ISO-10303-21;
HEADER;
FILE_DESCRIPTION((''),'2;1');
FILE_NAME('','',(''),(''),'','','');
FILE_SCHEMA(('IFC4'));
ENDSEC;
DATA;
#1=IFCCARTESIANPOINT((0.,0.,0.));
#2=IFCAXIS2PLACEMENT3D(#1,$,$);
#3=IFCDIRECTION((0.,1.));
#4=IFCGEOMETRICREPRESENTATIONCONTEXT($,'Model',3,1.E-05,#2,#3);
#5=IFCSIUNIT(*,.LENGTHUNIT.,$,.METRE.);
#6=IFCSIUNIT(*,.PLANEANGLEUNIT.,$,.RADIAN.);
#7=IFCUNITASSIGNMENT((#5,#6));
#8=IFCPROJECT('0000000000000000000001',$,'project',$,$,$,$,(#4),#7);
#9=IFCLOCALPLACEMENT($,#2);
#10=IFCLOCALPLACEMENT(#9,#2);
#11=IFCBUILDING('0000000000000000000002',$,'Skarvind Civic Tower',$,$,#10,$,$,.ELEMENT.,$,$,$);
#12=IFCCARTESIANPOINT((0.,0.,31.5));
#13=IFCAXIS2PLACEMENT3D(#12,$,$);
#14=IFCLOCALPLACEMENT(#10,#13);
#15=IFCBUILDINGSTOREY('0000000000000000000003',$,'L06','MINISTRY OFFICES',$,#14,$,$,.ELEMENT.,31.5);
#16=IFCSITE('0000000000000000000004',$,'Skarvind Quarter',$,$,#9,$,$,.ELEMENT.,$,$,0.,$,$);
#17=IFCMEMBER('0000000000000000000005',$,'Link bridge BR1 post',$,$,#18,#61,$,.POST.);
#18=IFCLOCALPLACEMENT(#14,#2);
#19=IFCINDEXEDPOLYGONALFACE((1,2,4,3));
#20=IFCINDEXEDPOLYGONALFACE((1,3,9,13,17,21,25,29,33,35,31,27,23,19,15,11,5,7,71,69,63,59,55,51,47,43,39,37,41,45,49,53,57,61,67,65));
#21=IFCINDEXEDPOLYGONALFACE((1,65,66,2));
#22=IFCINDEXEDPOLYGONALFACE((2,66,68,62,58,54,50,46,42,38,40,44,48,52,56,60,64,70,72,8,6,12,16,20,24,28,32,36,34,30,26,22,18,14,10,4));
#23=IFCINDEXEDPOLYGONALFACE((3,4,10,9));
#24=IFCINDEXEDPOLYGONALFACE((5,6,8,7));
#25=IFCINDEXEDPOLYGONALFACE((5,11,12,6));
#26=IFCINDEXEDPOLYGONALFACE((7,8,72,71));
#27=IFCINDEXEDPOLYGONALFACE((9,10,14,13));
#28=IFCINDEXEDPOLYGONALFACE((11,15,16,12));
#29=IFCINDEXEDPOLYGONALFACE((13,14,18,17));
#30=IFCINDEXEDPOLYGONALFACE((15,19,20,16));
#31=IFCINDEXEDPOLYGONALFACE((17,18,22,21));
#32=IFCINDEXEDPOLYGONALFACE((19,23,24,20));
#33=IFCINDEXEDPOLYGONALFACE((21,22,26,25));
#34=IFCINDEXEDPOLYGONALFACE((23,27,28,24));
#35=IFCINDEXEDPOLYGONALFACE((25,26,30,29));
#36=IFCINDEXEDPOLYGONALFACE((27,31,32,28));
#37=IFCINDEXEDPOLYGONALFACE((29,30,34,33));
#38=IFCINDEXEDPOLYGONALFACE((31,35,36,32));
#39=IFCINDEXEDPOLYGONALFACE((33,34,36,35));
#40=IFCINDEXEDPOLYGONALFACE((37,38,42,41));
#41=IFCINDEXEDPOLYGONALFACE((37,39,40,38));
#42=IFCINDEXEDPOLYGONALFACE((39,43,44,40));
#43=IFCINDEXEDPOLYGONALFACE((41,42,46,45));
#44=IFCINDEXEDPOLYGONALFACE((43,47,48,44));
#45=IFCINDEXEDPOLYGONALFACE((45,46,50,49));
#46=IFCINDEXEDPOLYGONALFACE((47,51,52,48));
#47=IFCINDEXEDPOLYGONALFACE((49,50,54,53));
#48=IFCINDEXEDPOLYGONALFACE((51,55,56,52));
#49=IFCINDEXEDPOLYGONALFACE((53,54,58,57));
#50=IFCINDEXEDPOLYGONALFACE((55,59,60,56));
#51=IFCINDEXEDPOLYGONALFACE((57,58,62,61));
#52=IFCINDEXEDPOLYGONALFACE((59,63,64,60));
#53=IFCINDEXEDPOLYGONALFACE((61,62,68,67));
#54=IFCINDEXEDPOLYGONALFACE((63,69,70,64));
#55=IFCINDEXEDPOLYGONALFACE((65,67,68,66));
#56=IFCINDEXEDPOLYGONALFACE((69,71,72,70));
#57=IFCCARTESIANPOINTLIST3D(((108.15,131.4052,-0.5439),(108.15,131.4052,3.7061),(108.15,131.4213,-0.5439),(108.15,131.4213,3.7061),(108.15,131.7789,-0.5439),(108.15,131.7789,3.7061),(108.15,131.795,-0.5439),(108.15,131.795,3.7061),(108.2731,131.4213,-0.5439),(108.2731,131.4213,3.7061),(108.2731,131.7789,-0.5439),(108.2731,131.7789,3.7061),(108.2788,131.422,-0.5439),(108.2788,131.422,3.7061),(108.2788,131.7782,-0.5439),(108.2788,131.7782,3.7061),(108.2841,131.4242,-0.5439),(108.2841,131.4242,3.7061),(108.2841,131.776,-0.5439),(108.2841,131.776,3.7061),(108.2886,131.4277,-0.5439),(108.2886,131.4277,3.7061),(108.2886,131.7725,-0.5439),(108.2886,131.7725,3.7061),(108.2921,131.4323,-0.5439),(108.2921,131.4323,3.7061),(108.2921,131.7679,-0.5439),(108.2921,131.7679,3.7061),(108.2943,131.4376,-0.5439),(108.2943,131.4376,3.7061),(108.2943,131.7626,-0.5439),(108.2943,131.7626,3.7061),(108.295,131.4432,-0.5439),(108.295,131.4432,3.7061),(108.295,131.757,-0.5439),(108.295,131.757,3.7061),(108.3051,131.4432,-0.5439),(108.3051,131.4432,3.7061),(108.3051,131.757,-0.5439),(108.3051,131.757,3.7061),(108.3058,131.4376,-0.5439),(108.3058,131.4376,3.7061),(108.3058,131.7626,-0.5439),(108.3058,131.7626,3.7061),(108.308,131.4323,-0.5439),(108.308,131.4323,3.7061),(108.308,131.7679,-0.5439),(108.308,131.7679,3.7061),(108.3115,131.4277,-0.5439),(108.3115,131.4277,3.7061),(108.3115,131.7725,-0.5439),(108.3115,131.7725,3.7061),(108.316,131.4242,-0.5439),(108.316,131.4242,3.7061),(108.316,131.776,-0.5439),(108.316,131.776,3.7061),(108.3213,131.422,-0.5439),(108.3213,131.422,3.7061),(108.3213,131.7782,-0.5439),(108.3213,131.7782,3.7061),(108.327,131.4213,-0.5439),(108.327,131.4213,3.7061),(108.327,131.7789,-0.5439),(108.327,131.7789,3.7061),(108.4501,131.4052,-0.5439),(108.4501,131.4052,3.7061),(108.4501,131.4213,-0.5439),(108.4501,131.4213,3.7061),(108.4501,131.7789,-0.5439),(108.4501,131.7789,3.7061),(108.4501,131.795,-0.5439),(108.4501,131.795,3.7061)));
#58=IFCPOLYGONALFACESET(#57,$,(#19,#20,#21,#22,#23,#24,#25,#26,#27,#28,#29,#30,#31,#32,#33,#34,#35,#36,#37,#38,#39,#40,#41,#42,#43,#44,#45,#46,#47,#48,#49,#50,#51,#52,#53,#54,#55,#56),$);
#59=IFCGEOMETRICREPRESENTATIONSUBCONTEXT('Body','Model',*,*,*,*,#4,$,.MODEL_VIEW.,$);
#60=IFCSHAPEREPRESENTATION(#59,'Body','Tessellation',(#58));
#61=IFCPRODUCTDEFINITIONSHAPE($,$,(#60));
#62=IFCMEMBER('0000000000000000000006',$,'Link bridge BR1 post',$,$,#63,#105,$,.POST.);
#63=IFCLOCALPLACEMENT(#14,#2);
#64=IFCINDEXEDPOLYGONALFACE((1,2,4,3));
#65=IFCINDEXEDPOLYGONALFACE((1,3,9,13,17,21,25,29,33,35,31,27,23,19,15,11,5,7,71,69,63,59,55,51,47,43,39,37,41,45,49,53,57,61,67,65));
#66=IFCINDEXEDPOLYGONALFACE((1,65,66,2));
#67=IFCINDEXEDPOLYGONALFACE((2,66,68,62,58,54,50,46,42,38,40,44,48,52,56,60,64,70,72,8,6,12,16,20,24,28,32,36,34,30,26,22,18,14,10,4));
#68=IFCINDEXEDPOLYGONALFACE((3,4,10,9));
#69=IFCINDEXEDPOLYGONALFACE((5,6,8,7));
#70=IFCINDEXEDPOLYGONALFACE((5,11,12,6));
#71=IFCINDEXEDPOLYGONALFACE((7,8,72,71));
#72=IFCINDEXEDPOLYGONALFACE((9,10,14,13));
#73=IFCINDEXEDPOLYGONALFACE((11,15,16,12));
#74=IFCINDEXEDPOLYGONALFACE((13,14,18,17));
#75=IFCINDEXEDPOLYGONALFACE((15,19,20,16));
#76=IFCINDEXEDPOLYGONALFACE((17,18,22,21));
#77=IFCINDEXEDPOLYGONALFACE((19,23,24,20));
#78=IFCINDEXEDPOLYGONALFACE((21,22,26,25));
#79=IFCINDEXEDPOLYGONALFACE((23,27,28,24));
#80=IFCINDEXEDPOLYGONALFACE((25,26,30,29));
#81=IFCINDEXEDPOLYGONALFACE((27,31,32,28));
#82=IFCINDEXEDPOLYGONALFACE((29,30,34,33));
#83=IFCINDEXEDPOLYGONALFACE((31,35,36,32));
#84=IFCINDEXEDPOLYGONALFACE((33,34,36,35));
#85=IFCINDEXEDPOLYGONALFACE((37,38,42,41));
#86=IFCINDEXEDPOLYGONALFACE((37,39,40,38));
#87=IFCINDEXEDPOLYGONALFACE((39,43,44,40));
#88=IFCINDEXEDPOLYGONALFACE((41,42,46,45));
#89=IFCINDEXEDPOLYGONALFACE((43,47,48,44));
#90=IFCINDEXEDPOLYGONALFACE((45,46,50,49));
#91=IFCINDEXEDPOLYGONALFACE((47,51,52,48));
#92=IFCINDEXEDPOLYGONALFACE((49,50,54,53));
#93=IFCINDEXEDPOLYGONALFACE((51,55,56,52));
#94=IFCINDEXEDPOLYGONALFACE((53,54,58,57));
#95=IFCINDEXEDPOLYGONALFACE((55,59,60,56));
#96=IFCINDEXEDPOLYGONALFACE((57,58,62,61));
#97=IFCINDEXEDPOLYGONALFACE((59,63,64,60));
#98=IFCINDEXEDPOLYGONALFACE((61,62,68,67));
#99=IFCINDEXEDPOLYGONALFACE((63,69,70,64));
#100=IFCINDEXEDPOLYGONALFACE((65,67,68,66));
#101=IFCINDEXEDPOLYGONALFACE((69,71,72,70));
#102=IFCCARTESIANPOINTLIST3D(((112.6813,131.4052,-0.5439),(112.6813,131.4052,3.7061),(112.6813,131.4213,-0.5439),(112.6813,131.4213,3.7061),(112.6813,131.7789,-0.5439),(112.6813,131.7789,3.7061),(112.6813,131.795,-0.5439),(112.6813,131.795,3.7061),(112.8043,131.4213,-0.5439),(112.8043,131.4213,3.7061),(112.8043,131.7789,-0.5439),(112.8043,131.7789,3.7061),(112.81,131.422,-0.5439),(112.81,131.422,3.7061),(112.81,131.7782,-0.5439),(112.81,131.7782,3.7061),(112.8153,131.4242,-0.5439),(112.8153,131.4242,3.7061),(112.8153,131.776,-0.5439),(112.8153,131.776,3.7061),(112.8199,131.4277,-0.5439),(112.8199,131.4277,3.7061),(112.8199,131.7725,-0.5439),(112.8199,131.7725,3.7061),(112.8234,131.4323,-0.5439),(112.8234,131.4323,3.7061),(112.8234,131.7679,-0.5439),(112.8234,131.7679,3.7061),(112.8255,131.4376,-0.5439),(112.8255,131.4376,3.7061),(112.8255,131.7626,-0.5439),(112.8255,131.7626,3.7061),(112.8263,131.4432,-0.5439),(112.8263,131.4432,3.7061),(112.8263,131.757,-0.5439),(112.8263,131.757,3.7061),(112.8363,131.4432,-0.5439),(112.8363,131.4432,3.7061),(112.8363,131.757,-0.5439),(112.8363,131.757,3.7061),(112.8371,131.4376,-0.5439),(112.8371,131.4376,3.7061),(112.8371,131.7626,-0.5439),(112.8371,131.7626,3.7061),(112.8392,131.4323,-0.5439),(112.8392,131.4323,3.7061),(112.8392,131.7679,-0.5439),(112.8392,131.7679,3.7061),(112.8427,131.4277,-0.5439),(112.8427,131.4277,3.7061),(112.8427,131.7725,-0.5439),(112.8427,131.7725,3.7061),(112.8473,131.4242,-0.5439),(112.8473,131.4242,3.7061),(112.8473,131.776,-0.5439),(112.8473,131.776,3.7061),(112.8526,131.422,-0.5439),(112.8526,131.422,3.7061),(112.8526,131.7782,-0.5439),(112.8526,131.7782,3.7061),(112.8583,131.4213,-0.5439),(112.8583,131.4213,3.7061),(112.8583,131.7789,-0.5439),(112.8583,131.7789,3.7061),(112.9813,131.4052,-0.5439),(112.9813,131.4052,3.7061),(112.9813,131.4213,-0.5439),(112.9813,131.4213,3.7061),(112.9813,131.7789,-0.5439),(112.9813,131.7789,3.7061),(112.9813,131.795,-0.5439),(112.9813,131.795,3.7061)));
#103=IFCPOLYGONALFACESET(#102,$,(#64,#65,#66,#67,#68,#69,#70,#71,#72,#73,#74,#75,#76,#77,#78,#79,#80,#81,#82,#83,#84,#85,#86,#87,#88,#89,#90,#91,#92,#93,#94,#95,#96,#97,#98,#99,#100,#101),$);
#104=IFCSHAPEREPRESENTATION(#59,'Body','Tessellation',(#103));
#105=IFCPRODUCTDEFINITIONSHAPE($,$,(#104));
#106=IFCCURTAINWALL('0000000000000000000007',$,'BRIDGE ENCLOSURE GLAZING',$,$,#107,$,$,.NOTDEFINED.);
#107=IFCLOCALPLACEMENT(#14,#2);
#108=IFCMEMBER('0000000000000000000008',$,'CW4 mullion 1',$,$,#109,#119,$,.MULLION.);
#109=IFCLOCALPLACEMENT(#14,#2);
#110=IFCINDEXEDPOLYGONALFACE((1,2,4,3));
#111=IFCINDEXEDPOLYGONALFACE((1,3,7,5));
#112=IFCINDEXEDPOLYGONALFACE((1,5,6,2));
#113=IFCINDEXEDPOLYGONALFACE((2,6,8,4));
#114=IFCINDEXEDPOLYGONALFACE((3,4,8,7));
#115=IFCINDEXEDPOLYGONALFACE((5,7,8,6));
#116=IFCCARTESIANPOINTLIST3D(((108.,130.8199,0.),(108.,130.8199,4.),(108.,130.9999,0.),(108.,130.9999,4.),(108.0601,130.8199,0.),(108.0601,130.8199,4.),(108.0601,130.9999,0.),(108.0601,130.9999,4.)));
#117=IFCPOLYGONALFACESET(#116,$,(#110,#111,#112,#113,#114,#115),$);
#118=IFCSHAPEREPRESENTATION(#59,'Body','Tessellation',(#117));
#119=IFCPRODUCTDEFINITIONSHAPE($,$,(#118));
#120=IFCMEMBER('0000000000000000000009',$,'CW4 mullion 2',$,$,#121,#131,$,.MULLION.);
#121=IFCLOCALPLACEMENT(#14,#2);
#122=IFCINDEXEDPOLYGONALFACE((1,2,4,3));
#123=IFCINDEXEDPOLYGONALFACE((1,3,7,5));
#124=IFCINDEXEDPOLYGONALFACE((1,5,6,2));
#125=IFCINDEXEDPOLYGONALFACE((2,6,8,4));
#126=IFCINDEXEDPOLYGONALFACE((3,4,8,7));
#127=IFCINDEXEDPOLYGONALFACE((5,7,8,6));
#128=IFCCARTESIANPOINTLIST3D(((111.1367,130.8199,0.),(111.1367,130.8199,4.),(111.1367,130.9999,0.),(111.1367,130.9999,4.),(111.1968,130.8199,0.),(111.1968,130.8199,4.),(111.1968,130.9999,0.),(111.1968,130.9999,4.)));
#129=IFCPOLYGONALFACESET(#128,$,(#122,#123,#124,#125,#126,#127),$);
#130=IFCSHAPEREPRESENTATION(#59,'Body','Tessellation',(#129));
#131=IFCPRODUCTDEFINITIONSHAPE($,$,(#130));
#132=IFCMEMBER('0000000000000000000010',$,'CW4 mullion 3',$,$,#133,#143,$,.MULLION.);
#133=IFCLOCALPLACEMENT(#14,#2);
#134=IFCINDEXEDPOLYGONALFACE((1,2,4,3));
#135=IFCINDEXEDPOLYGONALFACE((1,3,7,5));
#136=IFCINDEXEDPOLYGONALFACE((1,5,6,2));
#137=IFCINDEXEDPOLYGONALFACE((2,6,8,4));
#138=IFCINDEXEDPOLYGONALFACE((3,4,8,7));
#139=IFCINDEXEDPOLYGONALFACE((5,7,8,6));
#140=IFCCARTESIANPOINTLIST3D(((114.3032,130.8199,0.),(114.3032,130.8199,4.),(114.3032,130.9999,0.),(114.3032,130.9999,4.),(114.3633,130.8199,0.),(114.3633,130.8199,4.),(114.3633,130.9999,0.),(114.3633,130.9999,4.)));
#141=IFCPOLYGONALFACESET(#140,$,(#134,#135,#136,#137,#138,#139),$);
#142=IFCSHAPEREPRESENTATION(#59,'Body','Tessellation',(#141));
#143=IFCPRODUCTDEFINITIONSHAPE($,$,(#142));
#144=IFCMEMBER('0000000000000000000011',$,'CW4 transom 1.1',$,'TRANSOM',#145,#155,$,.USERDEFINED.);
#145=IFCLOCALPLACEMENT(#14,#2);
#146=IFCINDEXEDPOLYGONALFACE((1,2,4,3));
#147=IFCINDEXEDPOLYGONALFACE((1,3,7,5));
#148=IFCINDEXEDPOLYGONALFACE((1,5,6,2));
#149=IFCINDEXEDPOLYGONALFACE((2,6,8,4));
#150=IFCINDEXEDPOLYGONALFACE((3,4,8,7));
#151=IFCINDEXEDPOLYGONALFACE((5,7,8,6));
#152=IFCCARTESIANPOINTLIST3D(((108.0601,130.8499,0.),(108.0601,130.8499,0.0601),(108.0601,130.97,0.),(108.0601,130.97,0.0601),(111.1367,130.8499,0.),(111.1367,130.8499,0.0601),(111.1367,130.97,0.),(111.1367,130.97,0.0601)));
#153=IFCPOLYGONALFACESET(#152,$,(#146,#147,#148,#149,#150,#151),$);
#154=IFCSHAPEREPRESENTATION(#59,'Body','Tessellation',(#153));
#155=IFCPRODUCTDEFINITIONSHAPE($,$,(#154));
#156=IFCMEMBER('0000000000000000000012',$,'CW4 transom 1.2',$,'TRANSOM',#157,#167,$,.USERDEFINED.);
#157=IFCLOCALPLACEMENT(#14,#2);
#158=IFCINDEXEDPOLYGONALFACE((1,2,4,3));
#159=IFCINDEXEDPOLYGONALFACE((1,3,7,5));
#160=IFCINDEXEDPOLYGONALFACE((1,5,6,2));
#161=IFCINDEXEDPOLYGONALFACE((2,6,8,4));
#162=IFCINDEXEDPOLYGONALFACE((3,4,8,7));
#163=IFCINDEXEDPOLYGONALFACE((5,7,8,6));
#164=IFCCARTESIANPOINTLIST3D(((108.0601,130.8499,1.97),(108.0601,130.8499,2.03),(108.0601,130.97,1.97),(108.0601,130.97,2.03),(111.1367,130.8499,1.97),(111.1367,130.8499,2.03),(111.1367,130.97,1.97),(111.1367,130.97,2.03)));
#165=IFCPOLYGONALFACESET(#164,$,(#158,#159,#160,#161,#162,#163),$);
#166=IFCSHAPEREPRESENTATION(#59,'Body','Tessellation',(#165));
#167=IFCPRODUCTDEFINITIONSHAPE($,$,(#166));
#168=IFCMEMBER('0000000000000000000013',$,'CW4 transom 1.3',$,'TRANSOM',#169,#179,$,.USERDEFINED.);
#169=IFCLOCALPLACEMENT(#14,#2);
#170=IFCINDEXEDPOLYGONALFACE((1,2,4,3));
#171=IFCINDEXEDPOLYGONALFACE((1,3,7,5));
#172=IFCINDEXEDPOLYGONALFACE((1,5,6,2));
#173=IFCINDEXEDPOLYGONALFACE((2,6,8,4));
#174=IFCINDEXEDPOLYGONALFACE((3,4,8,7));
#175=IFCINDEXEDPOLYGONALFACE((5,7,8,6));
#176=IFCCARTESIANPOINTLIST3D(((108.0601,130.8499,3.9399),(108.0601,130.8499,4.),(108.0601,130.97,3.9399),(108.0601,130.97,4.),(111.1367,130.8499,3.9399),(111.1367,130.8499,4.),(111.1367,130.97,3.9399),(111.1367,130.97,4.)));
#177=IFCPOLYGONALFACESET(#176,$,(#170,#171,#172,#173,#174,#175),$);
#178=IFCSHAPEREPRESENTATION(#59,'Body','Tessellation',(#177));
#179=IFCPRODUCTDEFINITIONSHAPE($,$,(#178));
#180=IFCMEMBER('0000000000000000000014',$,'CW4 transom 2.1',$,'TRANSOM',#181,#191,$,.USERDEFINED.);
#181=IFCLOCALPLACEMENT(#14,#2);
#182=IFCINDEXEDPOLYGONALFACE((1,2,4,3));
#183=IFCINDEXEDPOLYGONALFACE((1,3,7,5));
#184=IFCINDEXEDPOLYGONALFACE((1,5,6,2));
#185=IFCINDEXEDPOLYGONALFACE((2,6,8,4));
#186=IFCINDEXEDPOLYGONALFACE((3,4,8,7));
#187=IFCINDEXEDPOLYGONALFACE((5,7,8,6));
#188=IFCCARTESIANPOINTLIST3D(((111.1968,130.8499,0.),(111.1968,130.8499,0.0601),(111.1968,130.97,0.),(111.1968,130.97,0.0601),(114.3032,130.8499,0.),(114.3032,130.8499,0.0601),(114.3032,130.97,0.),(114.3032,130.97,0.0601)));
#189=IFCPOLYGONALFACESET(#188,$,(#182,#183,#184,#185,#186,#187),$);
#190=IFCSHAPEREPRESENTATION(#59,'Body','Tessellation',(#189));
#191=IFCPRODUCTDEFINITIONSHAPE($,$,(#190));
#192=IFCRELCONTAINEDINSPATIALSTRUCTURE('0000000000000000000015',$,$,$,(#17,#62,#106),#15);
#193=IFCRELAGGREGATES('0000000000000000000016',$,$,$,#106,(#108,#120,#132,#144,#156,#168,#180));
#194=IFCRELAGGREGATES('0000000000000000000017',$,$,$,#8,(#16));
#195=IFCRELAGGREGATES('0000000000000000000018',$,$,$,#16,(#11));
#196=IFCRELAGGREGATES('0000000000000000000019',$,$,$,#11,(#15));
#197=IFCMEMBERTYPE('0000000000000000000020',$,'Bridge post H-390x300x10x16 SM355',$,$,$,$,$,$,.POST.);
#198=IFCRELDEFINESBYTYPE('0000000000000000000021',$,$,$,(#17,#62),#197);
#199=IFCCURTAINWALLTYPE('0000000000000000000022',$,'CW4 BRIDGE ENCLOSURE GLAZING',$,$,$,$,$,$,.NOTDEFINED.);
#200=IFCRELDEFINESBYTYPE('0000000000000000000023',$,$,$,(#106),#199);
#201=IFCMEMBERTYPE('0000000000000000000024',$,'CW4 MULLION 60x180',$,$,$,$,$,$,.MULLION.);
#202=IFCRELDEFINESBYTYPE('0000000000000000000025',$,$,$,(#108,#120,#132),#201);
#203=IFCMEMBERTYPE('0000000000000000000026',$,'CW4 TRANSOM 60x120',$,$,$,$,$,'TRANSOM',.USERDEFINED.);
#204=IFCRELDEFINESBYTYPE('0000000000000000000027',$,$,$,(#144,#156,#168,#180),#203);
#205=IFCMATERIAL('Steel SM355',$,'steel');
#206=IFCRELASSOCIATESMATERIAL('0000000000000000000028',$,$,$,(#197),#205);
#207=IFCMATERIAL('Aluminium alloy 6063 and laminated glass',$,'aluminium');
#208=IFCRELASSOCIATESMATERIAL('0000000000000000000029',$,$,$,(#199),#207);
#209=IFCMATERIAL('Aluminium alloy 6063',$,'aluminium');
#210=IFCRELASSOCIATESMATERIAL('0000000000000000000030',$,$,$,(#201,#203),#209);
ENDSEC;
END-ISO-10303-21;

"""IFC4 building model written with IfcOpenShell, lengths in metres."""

from ifc_helpers import new_model, si_unit, direction, frame, origin, origin_2d, place, context, subcontext, project, spatial, rectangle, i_section, extrude, material, material_profile, profile_set, type_object, element, aggregate, save


model = new_model("IFC4")

# Units and contexts
model_context = context("Model", 3, precision=1e-05, world=origin(), true_north=direction((0.0, 1.0)))
body_context = subcontext(model_context, "Body", "Model", "MODEL_VIEW")
ifc_project = project(units=[si_unit("LENGTHUNIT", "METRE"), si_unit("PLANEANGLEUNIT", "RADIAN")], contexts=[model_context])

# Site, building, storey
site_placement = place(None, origin())
site = spatial("IfcSite", under=ifc_project, at=site_placement, Name="Skarvind Quarter", CompositionType="ELEMENT", RefElevation=0.0)
building_placement = place(site_placement, origin())
building = spatial("IfcBuilding", under=site, at=building_placement, Name="Skarvind Civic Tower", CompositionType="ELEMENT")
storey_placement = place(building_placement, frame((0.0, 0.0, 31.5)))
storey = spatial("IfcBuildingStorey", under=building, at=storey_placement, Name="L06", Description="MINISTRY OFFICES", CompositionType="ELEMENT", Elevation=31.5)

# Members
ifc_material_1 = material(Name="Steel SM355", Category="steel")
ifc_material_profile_1 = material_profile(ifc_material_1, i_section(OverallWidth=0.3, OverallDepth=0.3899, WebThickness=0.01, FlangeThickness=0.0161, FilletRadius=0.022, at=origin_2d()), Name="H-390x300x10x16")
ifc_profile_set_1 = profile_set([ifc_material_profile_1], Name="Steel SM355")
member_type_1 = type_object("IfcMemberType", Name="Bridge post H-390x300x10x16 SM355", PredefinedType="POST", material=ifc_profile_set_1)
for number, where, z_axis, x_axis, name in (
    (1, (108.3, 131.6001, -0.5439), (0.0, 0.0, 1.0), (1.0, 0.0, 0.0), "Link bridge BR1 post"),
    (2, (112.8313, 131.6001, -0.5439), (0.0, 0.0, 1.0), (1.0, 0.0, 0.0), "Link bridge BR1 post"),
):
    element("IfcMember", number, at=place(storey_placement, frame(where, z_axis=z_axis, x_axis=x_axis)), inside=storey, type_object=member_type_1, Name=name, PredefinedType="POST", context=body_context, shape_type="SweptSolid", body=[
        extrude(i_section(OverallWidth=0.3, OverallDepth=0.3899, WebThickness=0.01, FlangeThickness=0.0161, FilletRadius=0.022, at=origin_2d()), origin(), (0.0, 0.0, 1.0), 4.25),
    ])

# Curtain wall, members
ifc_material_2 = material(Name="Aluminium alloy 6063 and laminated glass", Category="aluminium")
curtain_wall_type = type_object("IfcCurtainWallType", Name="CW4 BRIDGE ENCLOSURE GLAZING", PredefinedType="NOTDEFINED", material=ifc_material_2)
curtain_wall_placement = place(storey_placement, origin())
curtain_wall = element("IfcCurtainWall", 3, at=curtain_wall_placement, inside=storey, type_object=curtain_wall_type, Name="BRIDGE ENCLOSURE GLAZING", PredefinedType="NOTDEFINED")
ifc_material_3 = material(Name="Aluminium alloy 6063", Category="aluminium")
ifc_material_profile_2 = material_profile(ifc_material_3, rectangle(XDim=0.1799, YDim=0.0601, at=origin_2d()), Name="AL 60x180")
ifc_profile_set_2 = profile_set([ifc_material_profile_2], Name="Aluminium alloy 6063")
member_type_2 = type_object("IfcMemberType", Name="CW4 MULLION 60x180", PredefinedType="MULLION", material=ifc_profile_set_2)
member_1_placement = place(storey_placement, frame((108.03, 130.9099, 0.0), z_axis=(0.0, 0.0, 1.0), x_axis=(0.0, 1.0, 0.0)))
member_1 = element("IfcMember", 4, at=member_1_placement, type_object=member_type_2, Name="CW4 mullion 1", PredefinedType="MULLION", context=body_context, shape_type="SweptSolid", body=[
    extrude(rectangle(XDim=0.1799, YDim=0.0601, at=origin_2d()), origin(), (0.0, 0.0, 1.0), 4.0),
])
member_2_placement = place(storey_placement, frame((111.1667, 130.9099, 0.0), z_axis=(0.0, 0.0, 1.0), x_axis=(0.0, 1.0, 0.0)))
member_2 = element("IfcMember", 5, at=member_2_placement, type_object=member_type_2, Name="CW4 mullion 2", PredefinedType="MULLION", context=body_context, shape_type="SweptSolid", body=[
    extrude(rectangle(XDim=0.1799, YDim=0.0601, at=origin_2d()), origin(), (0.0, 0.0, 1.0), 4.0),
])
member_3_placement = place(storey_placement, frame((114.3333, 130.9099, 0.0), z_axis=(0.0, 0.0, 1.0), x_axis=(0.0, 1.0, 0.0)))
member_3 = element("IfcMember", 6, at=member_3_placement, type_object=member_type_2, Name="CW4 mullion 3", PredefinedType="MULLION", context=body_context, shape_type="SweptSolid", body=[
    extrude(rectangle(XDim=0.1799, YDim=0.0601, at=origin_2d()), origin(), (0.0, 0.0, 1.0), 4.0),
])
ifc_material_profile_3 = material_profile(ifc_material_3, rectangle(XDim=0.1201, YDim=0.0601, at=origin_2d()), Name="AL 60x120")
ifc_profile_set_3 = profile_set([ifc_material_profile_3], Name="Aluminium alloy 6063")
member_type_3 = type_object("IfcMemberType", Name="CW4 TRANSOM 60x120", ElementType="TRANSOM", PredefinedType="USERDEFINED", material=ifc_profile_set_3)
member_4_placement = place(storey_placement, frame((108.0601, 130.9099, 0.03), z_axis=(1.0, 0.0, 0.0), x_axis=(0.0, 1.0, 0.0)))
member_4 = element("IfcMember", 7, at=member_4_placement, type_object=member_type_3, Name="CW4 transom 1.1", ObjectType="TRANSOM", PredefinedType="USERDEFINED", context=body_context, shape_type="SweptSolid", body=[
    extrude(rectangle(XDim=0.1201, YDim=0.0601, at=origin_2d()), origin(), (0.0, 0.0, 1.0), 3.0767),
])
member_5_placement = place(storey_placement, frame((108.0601, 130.9099, 2.0), z_axis=(1.0, 0.0, 0.0), x_axis=(0.0, 1.0, 0.0)))
member_5 = element("IfcMember", 8, at=member_5_placement, type_object=member_type_3, Name="CW4 transom 1.2", ObjectType="TRANSOM", PredefinedType="USERDEFINED", context=body_context, shape_type="SweptSolid", body=[
    extrude(rectangle(XDim=0.1201, YDim=0.0601, at=origin_2d()), origin(), (0.0, 0.0, 1.0), 3.0767),
])
member_6_placement = place(storey_placement, frame((108.0601, 130.9099, 3.97), z_axis=(1.0, 0.0, 0.0), x_axis=(0.0, 1.0, 0.0)))
member_6 = element("IfcMember", 9, at=member_6_placement, type_object=member_type_3, Name="CW4 transom 1.3", ObjectType="TRANSOM", PredefinedType="USERDEFINED", context=body_context, shape_type="SweptSolid", body=[
    extrude(rectangle(XDim=0.1201, YDim=0.0601, at=origin_2d()), origin(), (0.0, 0.0, 1.0), 3.0767),
])
member_7_placement = place(storey_placement, frame((111.1968, 130.9099, 0.03), z_axis=(1.0, 0.0, 0.0), x_axis=(0.0, 1.0, 0.0)))
member_7 = element("IfcMember", 10, at=member_7_placement, type_object=member_type_3, Name="CW4 transom 2.1", ObjectType="TRANSOM", PredefinedType="USERDEFINED", context=body_context, shape_type="SweptSolid", body=[
    extrude(rectangle(XDim=0.1201, YDim=0.0601, at=origin_2d()), origin(), (0.0, 0.0, 1.0), 3.1064),
])
aggregate(curtain_wall, [member_1, member_2, member_3, member_4, member_5, member_6, member_7])

save(model, "model.ifc")
